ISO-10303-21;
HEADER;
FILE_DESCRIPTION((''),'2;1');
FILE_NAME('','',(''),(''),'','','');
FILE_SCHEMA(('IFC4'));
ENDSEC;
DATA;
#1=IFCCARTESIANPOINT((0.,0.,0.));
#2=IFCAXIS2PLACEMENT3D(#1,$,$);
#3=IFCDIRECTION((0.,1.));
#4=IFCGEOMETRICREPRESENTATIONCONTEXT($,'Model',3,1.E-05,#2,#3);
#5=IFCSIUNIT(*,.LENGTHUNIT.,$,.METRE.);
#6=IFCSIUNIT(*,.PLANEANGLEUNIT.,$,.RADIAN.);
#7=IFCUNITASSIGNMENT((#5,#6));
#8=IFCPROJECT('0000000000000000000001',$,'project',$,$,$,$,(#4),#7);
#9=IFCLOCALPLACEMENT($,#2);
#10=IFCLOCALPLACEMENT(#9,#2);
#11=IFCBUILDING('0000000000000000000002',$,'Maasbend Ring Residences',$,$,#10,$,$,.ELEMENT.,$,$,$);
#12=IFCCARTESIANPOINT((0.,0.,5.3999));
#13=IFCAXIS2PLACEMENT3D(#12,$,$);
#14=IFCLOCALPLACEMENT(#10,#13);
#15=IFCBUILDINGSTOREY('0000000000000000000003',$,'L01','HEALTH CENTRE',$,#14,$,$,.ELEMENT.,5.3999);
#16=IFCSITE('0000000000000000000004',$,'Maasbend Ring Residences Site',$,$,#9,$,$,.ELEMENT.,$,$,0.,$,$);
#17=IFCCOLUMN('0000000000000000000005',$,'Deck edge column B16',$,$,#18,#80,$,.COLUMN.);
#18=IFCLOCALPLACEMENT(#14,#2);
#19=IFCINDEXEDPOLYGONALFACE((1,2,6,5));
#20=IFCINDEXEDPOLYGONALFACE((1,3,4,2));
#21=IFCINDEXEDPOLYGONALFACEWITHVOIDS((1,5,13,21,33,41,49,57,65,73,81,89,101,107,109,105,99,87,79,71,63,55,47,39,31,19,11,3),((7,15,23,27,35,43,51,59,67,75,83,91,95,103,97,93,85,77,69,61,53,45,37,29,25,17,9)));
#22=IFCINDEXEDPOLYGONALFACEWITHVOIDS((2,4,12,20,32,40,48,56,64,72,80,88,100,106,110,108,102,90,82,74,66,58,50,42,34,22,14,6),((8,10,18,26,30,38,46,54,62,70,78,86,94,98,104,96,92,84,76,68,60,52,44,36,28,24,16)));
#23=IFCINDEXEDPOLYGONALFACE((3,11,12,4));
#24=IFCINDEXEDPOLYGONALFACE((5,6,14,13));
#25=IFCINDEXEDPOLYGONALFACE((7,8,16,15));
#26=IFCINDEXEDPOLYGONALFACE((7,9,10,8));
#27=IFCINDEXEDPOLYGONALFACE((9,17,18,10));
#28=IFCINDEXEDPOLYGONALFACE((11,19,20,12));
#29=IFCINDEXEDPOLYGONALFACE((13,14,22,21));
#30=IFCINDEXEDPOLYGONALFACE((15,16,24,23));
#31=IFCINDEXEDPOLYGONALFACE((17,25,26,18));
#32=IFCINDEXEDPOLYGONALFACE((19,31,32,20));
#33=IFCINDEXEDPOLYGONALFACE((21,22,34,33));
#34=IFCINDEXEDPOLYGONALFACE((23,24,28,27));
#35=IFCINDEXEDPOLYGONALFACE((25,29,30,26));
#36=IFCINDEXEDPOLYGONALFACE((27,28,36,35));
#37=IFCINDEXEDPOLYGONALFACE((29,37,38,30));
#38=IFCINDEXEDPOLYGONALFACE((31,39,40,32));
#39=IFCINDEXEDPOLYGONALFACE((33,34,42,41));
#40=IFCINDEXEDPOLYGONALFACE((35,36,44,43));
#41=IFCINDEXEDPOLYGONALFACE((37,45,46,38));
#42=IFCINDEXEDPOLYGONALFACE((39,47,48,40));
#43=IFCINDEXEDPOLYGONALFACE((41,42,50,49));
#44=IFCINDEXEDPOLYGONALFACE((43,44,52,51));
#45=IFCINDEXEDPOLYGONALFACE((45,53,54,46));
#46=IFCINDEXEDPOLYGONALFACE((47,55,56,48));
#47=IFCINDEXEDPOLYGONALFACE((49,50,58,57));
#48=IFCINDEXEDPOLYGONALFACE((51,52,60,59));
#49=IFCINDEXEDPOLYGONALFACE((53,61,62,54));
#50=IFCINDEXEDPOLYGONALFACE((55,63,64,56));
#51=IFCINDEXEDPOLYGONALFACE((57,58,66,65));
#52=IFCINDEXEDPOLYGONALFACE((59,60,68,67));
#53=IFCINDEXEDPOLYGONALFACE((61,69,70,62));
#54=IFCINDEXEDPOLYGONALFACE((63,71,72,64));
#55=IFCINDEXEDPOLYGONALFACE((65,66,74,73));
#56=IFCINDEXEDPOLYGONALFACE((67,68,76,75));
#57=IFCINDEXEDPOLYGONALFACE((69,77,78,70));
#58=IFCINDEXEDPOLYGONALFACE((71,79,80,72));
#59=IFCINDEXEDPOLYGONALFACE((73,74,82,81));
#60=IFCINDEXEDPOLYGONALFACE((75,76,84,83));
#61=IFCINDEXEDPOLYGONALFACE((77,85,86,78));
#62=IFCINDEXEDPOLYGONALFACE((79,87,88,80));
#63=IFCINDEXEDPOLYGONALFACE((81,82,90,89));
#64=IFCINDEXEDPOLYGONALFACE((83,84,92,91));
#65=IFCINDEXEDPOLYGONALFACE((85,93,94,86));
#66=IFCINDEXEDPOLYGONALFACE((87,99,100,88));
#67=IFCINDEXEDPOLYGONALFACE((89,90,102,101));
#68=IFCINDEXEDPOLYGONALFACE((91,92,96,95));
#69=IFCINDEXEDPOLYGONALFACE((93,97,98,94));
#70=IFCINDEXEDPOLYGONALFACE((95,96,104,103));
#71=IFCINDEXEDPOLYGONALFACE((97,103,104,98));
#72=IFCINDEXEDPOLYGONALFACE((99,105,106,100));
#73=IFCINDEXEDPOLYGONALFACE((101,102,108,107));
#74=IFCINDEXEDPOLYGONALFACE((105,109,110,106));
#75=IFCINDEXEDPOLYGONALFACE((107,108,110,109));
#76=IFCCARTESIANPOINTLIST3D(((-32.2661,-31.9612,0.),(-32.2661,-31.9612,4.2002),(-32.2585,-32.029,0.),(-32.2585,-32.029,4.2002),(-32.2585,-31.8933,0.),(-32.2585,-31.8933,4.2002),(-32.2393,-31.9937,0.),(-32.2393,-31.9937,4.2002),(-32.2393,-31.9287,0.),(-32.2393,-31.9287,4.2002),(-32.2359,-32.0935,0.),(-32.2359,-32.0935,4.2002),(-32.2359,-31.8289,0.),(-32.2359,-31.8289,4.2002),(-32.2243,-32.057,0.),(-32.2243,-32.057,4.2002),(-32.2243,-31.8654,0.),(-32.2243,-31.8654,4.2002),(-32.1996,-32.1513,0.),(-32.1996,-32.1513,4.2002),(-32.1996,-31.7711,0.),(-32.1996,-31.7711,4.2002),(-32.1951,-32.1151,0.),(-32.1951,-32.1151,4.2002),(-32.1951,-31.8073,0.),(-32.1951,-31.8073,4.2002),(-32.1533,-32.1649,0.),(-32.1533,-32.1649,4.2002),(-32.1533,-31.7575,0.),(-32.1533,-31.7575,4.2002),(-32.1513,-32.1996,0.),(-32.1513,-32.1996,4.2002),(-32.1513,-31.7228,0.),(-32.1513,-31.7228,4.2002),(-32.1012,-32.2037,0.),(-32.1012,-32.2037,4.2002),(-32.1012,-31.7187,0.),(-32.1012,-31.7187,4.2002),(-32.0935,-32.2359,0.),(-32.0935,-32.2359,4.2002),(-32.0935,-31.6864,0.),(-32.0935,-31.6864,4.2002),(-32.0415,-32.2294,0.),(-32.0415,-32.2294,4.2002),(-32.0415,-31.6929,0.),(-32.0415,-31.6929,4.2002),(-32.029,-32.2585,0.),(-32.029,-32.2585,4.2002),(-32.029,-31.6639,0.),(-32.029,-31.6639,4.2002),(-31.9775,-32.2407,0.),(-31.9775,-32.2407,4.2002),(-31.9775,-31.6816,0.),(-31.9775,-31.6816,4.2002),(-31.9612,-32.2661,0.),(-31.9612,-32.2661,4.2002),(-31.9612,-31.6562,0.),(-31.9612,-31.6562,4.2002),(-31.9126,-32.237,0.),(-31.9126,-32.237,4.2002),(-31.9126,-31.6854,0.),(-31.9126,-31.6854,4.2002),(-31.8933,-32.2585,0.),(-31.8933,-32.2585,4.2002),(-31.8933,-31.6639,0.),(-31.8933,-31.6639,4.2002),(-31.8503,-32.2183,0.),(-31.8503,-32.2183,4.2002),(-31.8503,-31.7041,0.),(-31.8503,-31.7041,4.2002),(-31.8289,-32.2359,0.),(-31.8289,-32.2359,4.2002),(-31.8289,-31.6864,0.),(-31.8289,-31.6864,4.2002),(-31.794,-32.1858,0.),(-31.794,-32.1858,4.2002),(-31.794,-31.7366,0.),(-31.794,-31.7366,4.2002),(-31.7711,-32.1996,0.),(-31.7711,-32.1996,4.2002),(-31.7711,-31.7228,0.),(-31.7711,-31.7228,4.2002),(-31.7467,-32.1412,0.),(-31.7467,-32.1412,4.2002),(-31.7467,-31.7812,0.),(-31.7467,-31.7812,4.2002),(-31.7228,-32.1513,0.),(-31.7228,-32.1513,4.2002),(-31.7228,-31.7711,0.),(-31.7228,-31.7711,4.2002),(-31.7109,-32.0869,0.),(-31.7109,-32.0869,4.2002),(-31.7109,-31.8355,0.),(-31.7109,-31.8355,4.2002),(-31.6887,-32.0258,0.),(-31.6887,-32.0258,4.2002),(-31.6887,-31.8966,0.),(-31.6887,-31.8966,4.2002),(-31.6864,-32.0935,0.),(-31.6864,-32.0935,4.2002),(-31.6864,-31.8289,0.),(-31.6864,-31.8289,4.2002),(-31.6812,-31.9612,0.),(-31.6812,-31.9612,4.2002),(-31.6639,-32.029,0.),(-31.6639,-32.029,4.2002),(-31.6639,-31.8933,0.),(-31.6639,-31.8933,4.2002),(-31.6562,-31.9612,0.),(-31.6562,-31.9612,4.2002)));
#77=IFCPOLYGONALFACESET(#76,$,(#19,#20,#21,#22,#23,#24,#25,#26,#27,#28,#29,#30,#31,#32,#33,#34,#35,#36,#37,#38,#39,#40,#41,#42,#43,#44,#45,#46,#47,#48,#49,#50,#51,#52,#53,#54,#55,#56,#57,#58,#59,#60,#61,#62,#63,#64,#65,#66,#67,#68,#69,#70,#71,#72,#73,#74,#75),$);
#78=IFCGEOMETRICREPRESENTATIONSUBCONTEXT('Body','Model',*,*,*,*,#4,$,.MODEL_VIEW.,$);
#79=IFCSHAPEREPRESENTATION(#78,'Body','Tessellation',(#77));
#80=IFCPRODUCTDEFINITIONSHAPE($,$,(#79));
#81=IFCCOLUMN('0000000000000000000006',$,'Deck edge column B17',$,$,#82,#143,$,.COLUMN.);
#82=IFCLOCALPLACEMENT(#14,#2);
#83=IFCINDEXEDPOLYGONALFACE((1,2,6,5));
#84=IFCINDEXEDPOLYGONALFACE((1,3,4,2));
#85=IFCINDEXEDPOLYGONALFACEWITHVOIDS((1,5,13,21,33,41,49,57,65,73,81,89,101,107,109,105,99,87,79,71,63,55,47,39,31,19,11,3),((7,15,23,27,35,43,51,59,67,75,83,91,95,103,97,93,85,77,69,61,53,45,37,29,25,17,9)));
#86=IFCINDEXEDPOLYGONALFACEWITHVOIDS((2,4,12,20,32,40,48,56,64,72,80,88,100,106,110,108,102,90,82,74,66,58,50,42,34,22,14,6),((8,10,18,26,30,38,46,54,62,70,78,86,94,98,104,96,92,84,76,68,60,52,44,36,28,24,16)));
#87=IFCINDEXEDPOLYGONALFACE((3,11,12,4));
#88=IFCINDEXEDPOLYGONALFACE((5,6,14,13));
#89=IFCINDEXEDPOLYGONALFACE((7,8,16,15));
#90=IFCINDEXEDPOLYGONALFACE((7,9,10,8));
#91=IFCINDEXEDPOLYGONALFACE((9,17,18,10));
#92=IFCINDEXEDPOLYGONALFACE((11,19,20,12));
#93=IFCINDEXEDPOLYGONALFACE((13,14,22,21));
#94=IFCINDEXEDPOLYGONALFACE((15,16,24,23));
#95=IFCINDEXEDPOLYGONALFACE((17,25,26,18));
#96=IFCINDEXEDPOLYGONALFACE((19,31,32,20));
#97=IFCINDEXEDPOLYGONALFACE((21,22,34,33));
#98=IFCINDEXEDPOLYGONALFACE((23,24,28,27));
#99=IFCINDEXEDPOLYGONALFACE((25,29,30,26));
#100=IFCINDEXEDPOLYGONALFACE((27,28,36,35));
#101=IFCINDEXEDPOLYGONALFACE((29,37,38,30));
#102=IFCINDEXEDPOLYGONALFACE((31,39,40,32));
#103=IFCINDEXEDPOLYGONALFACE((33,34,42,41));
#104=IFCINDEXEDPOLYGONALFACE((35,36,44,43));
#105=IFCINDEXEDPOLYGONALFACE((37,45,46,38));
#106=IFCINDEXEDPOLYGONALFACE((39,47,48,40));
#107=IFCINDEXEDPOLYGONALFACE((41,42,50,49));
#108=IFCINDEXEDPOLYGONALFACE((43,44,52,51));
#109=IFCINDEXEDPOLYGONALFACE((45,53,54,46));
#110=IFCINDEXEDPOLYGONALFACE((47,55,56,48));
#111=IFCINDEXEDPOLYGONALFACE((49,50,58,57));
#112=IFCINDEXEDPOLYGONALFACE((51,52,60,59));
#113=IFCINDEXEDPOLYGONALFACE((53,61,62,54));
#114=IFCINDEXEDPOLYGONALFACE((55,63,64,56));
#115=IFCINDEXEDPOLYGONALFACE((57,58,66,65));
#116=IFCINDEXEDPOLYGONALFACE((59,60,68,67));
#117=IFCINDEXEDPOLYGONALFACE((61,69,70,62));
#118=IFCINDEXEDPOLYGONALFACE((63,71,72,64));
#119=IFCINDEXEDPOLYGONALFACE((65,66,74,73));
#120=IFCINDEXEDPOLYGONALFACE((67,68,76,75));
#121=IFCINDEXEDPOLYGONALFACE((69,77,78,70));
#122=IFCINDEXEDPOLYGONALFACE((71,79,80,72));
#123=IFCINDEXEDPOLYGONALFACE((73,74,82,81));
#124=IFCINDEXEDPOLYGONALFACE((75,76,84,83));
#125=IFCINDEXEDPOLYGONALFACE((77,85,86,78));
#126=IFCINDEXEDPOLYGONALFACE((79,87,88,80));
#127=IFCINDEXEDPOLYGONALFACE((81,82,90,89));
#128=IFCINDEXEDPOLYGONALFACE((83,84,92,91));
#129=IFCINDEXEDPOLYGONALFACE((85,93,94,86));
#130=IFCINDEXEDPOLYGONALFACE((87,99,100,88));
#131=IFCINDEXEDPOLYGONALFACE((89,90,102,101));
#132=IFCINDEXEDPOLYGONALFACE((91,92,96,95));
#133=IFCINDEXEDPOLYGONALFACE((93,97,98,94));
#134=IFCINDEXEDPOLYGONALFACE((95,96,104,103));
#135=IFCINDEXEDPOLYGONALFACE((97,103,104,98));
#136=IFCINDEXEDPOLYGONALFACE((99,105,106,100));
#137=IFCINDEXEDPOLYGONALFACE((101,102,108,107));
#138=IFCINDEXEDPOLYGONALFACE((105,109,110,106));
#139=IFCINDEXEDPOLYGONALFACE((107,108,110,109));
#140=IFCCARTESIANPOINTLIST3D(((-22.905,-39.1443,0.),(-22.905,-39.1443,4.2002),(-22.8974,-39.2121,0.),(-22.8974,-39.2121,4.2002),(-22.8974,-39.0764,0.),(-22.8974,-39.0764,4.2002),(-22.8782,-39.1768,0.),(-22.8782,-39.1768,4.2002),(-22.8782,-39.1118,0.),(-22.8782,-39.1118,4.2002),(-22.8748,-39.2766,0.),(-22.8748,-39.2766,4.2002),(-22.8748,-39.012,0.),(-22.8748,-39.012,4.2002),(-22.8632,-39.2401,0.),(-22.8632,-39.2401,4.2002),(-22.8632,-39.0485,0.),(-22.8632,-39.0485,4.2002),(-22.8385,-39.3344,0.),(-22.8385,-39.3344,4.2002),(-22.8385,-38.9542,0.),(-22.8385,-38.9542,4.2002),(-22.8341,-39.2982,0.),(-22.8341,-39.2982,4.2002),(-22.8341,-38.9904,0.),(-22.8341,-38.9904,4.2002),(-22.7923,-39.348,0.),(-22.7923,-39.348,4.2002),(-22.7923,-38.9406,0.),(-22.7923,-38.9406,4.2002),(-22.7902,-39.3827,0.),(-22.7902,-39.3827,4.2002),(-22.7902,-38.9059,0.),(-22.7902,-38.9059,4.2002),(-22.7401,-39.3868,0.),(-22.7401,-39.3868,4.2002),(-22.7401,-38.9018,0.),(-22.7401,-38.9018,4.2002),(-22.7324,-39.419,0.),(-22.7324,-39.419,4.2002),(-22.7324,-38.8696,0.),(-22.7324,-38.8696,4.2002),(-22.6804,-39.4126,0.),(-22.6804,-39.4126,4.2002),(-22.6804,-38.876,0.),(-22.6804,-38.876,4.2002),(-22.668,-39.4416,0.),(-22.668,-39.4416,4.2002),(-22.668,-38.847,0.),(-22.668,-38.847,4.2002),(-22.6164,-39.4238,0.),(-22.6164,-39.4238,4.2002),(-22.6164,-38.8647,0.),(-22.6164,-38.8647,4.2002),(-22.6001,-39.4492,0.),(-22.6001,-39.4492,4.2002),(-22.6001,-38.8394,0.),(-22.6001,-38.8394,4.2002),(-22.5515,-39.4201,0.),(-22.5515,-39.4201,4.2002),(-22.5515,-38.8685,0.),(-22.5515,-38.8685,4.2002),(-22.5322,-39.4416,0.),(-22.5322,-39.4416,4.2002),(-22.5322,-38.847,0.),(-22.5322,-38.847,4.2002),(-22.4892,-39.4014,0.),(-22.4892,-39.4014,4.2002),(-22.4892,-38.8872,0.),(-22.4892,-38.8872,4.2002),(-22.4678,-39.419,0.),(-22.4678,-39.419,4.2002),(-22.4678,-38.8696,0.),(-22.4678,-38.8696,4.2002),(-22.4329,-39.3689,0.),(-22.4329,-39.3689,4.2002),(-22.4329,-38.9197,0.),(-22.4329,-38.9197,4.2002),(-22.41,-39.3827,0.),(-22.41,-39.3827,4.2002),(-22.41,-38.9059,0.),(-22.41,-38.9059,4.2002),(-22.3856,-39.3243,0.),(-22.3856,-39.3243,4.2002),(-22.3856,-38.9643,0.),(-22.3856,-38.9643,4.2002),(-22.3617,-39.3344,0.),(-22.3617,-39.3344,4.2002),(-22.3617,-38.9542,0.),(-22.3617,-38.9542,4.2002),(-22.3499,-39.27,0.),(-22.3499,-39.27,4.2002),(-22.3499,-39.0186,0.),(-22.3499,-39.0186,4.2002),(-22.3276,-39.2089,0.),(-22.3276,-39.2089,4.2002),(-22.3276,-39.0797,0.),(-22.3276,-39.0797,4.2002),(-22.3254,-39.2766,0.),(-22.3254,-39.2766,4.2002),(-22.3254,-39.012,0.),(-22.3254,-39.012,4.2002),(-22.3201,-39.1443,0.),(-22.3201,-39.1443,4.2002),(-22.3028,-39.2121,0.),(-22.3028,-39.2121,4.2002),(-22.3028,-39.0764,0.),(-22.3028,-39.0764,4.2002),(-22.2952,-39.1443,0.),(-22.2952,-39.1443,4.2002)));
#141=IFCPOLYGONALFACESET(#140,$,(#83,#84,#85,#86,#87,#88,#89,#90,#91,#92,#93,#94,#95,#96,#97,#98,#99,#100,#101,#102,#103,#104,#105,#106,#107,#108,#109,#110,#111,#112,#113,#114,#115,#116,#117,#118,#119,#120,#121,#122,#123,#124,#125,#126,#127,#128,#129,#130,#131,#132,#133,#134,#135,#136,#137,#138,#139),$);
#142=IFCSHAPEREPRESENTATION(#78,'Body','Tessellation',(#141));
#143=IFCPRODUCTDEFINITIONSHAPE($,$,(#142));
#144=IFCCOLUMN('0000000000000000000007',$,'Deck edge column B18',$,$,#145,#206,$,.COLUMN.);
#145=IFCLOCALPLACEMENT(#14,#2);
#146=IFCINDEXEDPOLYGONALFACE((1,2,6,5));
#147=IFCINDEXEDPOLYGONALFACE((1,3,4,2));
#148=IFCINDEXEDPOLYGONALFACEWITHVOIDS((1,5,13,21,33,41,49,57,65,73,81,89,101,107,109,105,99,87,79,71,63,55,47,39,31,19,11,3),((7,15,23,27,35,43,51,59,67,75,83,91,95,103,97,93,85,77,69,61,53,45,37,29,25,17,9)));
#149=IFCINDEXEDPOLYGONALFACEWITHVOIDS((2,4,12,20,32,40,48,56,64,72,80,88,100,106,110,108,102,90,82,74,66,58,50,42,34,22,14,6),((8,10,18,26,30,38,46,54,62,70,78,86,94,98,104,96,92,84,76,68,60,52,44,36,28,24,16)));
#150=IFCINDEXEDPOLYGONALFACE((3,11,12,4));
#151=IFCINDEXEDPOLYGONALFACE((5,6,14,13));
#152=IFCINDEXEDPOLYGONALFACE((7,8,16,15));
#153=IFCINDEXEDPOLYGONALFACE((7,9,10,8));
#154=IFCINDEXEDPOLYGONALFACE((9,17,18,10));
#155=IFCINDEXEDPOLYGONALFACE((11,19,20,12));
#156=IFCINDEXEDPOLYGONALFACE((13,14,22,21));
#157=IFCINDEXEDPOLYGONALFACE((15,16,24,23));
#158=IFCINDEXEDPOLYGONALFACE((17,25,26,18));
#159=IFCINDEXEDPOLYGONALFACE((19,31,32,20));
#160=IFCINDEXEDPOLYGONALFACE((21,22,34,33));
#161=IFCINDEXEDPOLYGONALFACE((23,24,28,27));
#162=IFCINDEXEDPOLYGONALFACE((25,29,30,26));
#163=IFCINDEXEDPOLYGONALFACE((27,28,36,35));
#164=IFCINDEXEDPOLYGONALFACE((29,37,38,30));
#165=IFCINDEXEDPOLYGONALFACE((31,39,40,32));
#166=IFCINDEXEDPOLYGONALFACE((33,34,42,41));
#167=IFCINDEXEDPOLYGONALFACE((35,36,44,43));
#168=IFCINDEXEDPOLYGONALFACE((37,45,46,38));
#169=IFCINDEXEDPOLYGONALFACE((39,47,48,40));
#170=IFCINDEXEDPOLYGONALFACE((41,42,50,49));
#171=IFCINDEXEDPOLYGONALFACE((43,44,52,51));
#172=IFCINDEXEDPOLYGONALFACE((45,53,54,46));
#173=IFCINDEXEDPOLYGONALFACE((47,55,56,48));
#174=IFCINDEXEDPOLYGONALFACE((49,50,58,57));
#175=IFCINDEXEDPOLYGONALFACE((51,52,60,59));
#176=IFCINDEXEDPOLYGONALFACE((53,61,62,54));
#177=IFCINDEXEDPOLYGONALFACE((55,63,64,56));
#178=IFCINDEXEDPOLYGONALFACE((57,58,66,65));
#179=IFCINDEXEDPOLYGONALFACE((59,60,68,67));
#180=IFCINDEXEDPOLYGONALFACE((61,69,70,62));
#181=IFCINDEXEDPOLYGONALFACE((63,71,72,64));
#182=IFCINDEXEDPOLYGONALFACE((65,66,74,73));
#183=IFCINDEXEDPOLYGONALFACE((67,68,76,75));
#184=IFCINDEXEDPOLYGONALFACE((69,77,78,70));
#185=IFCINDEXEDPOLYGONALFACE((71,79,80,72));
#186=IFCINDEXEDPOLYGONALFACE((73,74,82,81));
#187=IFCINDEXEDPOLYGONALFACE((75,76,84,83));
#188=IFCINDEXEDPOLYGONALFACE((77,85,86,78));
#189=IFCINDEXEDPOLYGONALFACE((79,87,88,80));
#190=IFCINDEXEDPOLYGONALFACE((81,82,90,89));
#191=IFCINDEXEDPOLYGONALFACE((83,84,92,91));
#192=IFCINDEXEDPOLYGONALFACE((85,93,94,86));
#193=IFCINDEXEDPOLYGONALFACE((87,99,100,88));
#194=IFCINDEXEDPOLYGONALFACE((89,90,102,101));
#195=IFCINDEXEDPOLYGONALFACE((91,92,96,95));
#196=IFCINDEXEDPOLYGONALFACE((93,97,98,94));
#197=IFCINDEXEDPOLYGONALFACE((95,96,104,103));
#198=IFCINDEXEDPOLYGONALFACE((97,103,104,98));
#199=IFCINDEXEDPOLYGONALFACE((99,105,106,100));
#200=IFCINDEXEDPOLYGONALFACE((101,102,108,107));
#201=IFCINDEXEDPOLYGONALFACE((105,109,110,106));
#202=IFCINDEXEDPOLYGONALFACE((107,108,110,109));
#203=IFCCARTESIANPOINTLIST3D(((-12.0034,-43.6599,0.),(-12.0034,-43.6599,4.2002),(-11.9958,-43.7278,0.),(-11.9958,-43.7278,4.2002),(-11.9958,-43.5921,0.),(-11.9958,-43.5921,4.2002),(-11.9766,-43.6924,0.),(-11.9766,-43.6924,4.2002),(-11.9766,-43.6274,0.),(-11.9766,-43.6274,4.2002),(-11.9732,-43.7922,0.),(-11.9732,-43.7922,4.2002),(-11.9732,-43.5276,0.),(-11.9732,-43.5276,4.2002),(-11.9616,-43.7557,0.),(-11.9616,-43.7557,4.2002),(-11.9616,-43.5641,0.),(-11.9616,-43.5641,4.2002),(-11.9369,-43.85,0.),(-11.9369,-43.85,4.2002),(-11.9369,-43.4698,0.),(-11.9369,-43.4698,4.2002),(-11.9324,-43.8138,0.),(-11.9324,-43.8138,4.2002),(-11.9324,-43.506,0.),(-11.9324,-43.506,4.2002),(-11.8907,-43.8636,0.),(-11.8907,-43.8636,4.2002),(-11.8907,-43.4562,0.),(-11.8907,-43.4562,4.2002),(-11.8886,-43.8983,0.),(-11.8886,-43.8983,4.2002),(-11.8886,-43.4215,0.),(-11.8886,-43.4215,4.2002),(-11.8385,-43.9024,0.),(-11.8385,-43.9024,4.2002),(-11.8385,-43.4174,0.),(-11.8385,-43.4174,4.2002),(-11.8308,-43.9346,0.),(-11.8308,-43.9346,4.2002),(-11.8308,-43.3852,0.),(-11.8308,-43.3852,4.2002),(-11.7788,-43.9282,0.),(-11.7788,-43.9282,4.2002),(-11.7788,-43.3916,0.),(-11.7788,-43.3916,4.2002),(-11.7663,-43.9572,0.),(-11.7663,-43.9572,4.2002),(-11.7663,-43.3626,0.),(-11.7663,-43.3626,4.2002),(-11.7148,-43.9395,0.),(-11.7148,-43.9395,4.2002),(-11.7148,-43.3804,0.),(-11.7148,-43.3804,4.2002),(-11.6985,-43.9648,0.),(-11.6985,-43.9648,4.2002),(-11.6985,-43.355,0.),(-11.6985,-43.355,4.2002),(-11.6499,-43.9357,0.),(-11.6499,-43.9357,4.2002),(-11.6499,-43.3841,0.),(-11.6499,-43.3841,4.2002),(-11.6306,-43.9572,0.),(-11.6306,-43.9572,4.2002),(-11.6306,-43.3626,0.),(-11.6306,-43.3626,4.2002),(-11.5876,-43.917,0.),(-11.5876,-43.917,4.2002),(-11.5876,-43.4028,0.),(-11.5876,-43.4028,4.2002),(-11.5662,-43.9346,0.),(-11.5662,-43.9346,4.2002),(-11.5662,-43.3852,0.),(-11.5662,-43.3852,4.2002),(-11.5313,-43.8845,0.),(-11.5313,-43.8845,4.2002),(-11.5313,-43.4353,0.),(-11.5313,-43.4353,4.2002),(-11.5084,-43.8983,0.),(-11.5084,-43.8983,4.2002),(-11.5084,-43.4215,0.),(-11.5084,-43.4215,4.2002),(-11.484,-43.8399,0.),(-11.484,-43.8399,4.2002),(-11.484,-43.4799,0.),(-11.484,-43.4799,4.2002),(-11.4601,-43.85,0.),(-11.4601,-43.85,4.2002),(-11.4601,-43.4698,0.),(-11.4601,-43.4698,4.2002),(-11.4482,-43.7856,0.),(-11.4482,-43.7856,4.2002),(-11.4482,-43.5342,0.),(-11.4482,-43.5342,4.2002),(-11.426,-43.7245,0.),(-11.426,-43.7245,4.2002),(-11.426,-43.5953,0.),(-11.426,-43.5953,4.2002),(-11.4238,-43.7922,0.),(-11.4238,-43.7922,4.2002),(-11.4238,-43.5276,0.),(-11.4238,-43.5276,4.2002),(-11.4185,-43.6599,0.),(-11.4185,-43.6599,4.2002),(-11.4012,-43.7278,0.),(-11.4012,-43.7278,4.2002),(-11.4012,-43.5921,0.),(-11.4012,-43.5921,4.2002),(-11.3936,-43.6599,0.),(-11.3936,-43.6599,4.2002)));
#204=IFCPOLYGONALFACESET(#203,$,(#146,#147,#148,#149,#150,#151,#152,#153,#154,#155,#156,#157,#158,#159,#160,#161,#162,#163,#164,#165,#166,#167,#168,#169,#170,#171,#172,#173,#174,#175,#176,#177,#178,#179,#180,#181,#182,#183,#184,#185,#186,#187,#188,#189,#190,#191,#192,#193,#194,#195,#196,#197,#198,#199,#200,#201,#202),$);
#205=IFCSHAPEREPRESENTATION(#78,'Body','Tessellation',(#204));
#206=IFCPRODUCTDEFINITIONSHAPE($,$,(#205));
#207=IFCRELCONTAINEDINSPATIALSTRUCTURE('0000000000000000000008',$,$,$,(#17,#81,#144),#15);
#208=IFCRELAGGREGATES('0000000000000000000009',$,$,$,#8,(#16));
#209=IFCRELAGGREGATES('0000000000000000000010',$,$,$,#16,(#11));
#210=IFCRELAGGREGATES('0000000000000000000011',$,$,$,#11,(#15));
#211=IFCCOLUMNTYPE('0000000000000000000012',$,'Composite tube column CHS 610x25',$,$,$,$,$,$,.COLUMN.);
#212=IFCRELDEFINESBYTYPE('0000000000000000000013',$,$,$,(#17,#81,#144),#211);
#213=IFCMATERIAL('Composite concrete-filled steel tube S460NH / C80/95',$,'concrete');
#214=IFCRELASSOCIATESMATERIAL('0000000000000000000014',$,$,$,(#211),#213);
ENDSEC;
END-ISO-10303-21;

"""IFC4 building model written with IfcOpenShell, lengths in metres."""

from ifc_helpers import new_model, si_unit, direction, frame, origin, origin_2d, place, context, subcontext, project, spatial, hollow_circle, extrude, material, material_profile, profile_set, type_object, element, save


model = new_model("IFC4")

# Units and contexts
model_context = context("Model", 3, precision=1e-05, world=origin(), true_north=direction((0.0, 1.0)))
body_context = subcontext(model_context, "Body", "Model", "MODEL_VIEW")
ifc_project = project(units=[si_unit("LENGTHUNIT", "METRE"), si_unit("PLANEANGLEUNIT", "RADIAN")], contexts=[model_context])

# Site, building, storey
site_placement = place(None, origin())
site = spatial("IfcSite", under=ifc_project, at=site_placement, Name="Maasbend Ring Residences Site", CompositionType="ELEMENT", RefElevation=0.0)
building_placement = place(site_placement, origin())
building = spatial("IfcBuilding", under=site, at=building_placement, Name="Maasbend Ring Residences", CompositionType="ELEMENT")
storey_placement = place(building_placement, frame((0.0, 0.0, 5.3999)))
storey = spatial("IfcBuildingStorey", under=building, at=storey_placement, Name="L01", Description="HEALTH CENTRE", CompositionType="ELEMENT", Elevation=5.3999)

# Columns
ifc_material_1 = material(Name="Composite concrete-filled steel tube S460NH / C80/95", Category="concrete")
ifc_material_profile_1 = material_profile(ifc_material_1, hollow_circle(Radius=0.3049, WallThickness=0.0249, at=origin_2d()), Name="Composite tube column CHS 610x25")
ifc_profile_set_1 = profile_set([ifc_material_profile_1], Name="Composite concrete-filled steel tube S460NH / C80/95")
column_type_1 = type_object("IfcColumnType", Name="Composite tube column CHS 610x25", PredefinedType="COLUMN", material=ifc_profile_set_1)
for number, where, z_axis, x_axis, name in (
    (1, (-31.9612, -31.9612, 0.0), (0.0, 0.0, 1.0), (1.0, 0.0, 0.0), "Deck edge column B16"),
    (2, (-22.6001, -39.1443, 0.0), (0.0, 0.0, 1.0), (1.0, 0.0, 0.0), "Deck edge column B17"),
    (3, (-11.6985, -43.6599, 0.0), (0.0, 0.0, 1.0), (1.0, 0.0, 0.0), "Deck edge column B18"),
):
    element("IfcColumn", number, at=place(storey_placement, frame(where, z_axis=z_axis, x_axis=x_axis)), inside=storey, type_object=column_type_1, Name=name, PredefinedType="COLUMN", context=body_context, shape_type="SweptSolid", body=[
        extrude(hollow_circle(Radius=0.3049, WallThickness=0.0249, at=origin_2d()), origin(), (0.0, 0.0, 1.0), 4.2002),
    ])

save(model, "model.ifc")
